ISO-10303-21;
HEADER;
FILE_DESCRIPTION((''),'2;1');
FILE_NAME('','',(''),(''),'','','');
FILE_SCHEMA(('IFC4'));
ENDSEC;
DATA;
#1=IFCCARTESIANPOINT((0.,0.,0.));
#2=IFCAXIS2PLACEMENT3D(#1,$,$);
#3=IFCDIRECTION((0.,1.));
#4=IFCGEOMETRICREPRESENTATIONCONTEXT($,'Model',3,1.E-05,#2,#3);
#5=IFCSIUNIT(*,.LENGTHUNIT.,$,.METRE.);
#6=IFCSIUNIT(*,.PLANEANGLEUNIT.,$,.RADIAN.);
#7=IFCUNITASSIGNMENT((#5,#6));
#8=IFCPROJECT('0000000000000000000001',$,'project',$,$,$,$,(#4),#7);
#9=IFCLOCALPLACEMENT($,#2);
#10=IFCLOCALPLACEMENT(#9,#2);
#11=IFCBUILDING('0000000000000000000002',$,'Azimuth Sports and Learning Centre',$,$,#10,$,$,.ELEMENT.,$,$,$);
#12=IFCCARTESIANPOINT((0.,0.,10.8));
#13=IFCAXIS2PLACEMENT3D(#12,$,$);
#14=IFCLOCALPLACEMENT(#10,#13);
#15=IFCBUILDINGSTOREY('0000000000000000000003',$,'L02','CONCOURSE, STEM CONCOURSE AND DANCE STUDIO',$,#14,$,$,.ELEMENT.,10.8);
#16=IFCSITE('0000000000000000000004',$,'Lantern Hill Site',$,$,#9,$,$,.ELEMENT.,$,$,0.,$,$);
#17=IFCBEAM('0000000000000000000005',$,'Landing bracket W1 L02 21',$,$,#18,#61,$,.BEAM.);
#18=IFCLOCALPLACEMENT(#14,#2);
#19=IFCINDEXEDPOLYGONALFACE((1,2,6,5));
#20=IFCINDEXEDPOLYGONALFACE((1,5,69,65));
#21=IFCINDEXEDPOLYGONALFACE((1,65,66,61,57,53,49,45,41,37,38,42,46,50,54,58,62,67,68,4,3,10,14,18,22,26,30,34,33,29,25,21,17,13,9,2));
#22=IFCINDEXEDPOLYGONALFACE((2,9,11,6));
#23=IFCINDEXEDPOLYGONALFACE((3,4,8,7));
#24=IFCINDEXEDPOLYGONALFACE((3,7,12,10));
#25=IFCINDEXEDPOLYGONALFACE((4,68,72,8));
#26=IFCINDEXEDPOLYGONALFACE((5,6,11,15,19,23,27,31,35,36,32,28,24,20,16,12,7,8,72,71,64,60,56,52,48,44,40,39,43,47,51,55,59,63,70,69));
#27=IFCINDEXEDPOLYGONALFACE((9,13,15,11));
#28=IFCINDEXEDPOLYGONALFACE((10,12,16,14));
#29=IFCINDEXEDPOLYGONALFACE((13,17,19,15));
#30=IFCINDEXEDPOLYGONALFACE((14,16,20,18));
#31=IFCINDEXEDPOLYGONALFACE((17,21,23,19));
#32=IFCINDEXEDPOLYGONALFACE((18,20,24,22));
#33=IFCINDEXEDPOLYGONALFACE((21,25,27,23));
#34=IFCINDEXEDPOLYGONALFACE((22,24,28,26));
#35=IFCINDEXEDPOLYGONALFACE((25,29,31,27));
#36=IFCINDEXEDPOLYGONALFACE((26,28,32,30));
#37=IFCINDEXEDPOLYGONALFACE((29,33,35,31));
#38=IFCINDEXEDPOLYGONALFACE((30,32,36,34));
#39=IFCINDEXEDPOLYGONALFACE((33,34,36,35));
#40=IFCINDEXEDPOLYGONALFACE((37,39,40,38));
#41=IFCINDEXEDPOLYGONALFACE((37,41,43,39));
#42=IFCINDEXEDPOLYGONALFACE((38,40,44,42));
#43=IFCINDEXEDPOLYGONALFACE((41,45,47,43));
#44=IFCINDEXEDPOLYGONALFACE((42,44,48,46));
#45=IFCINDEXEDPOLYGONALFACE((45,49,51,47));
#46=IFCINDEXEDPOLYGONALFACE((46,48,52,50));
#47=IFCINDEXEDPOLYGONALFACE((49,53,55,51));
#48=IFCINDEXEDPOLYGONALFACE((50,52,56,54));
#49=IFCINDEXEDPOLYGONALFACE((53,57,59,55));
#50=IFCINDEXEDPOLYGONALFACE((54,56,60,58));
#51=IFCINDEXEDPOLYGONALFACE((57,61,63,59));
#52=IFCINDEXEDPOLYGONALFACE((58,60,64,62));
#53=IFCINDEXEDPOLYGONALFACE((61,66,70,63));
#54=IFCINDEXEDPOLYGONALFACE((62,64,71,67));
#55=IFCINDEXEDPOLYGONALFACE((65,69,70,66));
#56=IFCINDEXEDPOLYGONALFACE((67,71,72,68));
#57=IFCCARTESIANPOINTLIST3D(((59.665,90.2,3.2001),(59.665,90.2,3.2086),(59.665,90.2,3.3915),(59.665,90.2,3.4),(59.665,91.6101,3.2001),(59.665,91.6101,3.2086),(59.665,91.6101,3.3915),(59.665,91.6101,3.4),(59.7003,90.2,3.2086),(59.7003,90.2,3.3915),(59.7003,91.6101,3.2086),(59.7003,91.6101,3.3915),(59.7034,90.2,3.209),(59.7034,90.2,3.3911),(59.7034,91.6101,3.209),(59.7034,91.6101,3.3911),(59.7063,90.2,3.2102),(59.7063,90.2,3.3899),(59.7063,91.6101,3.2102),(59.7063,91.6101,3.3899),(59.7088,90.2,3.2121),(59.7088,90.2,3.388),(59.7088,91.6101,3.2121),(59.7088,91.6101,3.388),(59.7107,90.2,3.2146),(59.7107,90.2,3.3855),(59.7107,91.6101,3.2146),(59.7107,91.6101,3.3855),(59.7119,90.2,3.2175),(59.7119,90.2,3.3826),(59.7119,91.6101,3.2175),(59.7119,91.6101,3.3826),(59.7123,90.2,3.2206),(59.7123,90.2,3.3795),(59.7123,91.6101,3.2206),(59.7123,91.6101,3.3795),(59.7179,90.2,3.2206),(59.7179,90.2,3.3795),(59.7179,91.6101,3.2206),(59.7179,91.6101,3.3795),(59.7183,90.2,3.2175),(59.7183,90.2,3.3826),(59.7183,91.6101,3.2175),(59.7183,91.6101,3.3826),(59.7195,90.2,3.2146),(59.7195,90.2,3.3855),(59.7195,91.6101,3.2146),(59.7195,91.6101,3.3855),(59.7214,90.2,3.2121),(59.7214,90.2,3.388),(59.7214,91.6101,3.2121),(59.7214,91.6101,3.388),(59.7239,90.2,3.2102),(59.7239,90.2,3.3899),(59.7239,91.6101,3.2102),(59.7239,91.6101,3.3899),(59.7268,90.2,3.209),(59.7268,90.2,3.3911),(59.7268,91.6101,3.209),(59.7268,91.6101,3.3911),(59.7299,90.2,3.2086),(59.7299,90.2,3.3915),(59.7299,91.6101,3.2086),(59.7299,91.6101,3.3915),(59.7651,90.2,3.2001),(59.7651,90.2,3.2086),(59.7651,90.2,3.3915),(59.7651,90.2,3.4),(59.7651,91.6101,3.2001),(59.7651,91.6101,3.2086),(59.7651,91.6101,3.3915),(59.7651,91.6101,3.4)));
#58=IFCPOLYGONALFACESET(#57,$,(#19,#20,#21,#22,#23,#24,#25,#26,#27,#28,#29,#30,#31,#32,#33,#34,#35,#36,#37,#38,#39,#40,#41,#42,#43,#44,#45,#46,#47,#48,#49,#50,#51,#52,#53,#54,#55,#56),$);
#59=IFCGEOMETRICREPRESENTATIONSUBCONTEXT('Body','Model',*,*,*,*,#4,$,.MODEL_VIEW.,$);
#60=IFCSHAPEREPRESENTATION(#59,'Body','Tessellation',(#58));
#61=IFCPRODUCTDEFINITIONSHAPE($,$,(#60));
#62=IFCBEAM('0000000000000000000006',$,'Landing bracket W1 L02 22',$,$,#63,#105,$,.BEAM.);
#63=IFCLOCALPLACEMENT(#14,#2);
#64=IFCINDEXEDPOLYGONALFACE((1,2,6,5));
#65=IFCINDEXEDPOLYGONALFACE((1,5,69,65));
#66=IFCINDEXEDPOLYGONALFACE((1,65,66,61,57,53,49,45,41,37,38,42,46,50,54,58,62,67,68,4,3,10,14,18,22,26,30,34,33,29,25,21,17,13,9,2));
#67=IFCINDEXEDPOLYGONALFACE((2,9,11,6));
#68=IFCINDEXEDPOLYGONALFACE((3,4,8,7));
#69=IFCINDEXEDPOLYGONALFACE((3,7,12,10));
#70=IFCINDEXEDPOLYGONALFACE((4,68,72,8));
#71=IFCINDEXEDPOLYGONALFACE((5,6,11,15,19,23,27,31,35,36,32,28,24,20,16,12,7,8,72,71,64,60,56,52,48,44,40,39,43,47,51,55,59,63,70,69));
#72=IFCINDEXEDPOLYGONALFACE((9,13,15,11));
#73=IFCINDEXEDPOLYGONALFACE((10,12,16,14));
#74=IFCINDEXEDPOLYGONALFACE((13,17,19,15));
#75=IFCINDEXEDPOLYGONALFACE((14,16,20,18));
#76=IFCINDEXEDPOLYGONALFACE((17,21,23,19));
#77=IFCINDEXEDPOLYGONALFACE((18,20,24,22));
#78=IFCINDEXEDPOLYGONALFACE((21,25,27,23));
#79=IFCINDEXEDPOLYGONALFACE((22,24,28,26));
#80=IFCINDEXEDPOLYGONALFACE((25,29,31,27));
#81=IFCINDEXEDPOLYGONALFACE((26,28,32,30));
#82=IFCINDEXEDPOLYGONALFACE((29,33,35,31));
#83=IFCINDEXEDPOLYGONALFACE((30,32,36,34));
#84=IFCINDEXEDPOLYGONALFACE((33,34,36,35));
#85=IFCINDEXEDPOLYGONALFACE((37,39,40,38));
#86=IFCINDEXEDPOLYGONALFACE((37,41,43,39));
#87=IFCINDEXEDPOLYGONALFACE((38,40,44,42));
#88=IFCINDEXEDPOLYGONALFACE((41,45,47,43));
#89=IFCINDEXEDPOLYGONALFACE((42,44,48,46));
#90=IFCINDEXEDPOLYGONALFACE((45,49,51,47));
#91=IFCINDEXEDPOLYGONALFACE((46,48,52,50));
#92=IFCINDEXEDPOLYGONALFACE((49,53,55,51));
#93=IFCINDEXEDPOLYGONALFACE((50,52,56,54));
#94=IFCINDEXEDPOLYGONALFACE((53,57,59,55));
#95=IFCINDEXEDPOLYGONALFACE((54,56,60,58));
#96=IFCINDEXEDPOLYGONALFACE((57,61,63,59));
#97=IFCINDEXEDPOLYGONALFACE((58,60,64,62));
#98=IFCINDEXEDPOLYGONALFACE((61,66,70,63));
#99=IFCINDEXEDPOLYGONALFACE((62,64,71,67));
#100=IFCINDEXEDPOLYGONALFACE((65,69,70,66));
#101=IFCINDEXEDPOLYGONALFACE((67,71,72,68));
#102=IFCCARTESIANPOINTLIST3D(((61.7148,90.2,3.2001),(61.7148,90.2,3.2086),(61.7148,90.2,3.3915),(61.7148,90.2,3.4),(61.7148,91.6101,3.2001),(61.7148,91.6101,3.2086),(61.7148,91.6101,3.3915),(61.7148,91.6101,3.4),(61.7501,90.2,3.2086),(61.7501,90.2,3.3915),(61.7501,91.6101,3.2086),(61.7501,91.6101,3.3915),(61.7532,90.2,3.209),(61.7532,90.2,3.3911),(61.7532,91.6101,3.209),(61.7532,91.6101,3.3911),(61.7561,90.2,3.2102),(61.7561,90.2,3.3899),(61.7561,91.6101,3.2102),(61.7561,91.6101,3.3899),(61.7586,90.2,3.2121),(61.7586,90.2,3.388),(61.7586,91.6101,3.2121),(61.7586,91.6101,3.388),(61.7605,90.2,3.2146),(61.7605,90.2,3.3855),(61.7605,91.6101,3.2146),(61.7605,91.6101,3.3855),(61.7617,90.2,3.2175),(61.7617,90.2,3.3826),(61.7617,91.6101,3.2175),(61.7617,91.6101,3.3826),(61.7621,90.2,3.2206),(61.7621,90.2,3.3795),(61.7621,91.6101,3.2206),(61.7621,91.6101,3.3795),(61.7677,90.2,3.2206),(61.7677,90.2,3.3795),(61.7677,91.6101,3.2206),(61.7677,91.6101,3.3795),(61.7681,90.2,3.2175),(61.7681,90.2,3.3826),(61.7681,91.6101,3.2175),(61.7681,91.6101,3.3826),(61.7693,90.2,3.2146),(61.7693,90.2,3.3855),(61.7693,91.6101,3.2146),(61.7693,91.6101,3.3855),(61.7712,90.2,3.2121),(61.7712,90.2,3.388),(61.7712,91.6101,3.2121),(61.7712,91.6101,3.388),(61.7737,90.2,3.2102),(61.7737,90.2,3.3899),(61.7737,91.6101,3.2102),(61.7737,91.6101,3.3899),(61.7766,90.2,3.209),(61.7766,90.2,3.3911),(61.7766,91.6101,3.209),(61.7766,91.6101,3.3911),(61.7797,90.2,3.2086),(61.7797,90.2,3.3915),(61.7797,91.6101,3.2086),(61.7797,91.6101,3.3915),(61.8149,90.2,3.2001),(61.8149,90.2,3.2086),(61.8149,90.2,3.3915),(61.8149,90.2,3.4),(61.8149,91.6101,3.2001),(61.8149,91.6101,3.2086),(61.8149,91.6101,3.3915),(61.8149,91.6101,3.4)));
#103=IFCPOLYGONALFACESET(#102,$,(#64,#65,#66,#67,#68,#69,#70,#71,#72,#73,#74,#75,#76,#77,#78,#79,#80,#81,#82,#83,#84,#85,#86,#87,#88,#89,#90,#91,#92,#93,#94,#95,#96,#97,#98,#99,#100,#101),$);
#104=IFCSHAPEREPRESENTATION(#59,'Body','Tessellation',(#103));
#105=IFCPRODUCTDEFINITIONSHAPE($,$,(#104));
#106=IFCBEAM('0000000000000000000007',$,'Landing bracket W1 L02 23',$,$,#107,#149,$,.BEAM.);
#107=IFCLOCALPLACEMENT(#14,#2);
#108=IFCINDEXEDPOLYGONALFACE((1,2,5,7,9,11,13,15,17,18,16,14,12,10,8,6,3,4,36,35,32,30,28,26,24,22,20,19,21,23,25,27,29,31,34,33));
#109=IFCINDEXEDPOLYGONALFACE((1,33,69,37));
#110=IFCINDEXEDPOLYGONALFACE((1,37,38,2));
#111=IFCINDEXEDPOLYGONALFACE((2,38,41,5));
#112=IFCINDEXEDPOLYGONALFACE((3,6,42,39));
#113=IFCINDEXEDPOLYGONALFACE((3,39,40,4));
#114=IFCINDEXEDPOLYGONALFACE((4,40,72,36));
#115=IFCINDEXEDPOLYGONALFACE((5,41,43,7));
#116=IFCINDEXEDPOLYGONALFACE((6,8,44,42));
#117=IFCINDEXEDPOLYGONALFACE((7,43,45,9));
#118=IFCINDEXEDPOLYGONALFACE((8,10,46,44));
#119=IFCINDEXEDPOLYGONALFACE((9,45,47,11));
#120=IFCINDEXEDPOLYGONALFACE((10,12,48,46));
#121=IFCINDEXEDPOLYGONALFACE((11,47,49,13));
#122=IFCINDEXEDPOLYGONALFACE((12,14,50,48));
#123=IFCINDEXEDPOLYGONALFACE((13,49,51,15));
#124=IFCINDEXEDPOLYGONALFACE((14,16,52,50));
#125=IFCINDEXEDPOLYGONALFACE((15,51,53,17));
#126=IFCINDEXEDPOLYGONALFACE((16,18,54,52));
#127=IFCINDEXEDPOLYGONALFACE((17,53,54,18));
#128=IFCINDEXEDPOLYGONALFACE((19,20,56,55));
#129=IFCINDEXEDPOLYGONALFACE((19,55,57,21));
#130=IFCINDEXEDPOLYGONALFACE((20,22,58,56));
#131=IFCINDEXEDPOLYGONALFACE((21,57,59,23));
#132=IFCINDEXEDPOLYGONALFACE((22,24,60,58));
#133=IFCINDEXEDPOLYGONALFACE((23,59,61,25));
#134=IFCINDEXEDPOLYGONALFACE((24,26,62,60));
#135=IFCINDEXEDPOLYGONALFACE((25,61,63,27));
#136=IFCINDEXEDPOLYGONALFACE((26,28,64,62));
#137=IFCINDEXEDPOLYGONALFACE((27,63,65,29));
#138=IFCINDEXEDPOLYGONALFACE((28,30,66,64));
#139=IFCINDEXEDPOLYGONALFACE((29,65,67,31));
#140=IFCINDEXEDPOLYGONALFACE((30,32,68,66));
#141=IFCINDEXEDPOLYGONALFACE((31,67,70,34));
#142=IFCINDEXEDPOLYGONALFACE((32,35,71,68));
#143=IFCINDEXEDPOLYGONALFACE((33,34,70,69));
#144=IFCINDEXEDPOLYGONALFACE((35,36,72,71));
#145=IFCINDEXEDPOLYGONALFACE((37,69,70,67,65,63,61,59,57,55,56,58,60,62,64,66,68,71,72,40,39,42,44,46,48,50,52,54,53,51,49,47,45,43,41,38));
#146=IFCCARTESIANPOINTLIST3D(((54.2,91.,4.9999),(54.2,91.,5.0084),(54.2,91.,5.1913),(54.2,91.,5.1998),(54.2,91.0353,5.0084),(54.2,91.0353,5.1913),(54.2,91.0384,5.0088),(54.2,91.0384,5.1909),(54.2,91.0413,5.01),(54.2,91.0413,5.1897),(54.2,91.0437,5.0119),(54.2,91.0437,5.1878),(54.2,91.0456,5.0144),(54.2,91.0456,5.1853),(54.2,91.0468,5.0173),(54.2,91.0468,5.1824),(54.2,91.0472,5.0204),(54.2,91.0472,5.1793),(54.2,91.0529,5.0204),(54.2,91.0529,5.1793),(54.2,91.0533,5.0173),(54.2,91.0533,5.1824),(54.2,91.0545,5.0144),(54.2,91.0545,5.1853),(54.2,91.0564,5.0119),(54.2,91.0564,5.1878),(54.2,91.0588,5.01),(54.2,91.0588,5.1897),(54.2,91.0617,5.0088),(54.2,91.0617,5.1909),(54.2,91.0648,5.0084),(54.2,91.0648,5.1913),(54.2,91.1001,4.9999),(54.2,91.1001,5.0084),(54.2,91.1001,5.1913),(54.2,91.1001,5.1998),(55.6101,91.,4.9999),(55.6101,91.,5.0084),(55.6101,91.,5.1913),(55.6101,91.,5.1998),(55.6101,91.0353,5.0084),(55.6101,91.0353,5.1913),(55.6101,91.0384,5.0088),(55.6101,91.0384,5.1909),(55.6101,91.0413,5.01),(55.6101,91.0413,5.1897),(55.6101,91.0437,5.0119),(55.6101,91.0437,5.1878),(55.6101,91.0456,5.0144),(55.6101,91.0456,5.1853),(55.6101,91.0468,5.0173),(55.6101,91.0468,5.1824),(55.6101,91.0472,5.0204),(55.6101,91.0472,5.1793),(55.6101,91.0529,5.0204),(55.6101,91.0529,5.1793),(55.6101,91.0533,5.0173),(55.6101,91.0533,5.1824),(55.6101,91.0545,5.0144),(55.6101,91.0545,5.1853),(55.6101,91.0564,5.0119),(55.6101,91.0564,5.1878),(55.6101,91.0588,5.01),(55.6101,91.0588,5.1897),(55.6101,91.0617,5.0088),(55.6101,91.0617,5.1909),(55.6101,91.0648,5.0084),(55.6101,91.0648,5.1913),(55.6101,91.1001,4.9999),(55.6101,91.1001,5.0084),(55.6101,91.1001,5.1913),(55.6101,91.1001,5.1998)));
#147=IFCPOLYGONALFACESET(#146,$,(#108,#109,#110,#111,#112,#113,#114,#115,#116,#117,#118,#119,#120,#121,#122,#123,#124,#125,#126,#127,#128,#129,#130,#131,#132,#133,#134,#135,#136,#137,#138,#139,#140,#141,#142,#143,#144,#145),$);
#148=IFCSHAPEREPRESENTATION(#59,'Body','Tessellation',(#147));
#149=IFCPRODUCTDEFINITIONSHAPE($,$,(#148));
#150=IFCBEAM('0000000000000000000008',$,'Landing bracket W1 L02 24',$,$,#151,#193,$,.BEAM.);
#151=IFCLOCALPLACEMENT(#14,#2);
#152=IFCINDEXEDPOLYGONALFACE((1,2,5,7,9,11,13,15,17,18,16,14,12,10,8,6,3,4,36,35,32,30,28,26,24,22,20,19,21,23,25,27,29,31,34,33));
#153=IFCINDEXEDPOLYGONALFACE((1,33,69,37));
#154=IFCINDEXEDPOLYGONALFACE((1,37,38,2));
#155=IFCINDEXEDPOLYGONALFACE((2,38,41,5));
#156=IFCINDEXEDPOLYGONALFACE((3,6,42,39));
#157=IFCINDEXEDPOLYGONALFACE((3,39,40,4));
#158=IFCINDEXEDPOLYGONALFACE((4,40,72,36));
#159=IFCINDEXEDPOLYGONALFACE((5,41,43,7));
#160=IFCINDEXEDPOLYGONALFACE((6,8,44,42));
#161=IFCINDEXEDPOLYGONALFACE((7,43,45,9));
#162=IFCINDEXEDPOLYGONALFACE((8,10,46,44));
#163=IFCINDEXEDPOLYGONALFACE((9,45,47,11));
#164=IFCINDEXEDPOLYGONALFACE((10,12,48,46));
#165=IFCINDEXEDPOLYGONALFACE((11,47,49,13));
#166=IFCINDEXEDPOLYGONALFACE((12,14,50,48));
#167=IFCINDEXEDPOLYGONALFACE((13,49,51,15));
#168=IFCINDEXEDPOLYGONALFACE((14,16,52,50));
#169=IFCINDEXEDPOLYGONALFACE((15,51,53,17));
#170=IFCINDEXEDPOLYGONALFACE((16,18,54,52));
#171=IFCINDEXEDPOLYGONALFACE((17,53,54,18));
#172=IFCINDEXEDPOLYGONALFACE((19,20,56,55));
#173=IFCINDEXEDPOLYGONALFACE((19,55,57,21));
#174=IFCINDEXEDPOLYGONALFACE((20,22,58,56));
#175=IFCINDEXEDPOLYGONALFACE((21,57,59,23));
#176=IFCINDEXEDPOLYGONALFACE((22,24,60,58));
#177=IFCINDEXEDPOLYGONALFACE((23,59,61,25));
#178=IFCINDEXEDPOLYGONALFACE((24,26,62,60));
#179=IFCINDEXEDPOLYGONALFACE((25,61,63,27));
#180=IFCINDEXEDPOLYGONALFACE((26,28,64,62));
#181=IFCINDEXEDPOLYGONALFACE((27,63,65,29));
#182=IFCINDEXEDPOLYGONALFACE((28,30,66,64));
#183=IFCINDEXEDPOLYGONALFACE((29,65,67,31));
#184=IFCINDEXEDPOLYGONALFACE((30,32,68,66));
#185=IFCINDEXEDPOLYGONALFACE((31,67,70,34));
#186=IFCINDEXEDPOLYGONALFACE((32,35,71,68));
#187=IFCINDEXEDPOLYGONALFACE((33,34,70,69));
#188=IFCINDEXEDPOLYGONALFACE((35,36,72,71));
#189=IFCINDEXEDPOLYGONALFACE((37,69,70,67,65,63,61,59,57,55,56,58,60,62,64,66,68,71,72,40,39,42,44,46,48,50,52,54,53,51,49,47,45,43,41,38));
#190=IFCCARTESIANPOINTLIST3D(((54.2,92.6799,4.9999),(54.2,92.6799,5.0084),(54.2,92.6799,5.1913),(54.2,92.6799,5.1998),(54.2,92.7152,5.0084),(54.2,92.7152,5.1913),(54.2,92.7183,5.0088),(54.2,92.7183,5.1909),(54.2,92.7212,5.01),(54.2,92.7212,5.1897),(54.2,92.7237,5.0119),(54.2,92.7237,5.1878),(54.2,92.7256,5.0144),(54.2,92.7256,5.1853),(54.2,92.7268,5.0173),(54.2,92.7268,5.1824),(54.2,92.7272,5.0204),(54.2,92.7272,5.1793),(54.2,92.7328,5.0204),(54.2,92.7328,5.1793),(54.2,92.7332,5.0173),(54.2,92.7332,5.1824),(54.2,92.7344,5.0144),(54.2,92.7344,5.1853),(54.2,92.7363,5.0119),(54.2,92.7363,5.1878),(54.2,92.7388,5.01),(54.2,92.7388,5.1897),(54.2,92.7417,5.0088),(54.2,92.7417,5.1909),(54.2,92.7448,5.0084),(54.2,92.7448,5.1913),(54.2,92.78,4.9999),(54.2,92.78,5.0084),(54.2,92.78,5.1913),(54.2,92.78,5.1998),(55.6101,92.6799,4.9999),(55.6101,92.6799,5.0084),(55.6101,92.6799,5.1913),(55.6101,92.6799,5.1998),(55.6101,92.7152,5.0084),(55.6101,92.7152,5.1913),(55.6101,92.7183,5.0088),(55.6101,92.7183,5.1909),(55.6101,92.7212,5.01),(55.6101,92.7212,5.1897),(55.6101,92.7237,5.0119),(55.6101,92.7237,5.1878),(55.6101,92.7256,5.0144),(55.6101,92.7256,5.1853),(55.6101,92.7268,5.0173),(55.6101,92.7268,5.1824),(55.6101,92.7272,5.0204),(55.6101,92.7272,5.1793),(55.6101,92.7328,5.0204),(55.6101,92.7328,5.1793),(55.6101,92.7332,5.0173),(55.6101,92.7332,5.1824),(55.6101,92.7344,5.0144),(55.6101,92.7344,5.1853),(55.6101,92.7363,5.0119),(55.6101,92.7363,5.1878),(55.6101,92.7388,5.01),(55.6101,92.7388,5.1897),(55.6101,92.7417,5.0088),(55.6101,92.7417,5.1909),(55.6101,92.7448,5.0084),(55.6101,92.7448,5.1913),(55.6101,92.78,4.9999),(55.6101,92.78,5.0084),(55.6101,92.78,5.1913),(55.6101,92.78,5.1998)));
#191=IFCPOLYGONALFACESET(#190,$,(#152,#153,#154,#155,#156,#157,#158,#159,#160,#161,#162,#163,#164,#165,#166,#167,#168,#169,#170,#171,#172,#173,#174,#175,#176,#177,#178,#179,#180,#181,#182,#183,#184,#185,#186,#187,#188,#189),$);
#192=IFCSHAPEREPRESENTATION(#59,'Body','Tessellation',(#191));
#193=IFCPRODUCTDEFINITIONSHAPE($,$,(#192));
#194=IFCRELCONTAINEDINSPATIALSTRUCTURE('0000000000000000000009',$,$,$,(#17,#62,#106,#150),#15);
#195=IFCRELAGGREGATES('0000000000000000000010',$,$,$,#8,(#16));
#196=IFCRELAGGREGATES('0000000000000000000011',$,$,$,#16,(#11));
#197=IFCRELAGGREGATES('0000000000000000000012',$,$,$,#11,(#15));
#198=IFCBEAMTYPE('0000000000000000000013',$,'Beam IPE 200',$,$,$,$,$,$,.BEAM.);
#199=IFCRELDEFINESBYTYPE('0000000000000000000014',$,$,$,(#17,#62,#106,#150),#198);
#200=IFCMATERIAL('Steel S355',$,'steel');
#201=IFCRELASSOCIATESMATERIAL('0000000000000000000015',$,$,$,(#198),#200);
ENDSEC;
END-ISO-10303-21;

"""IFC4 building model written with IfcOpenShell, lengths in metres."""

from ifc_helpers import new_model, si_unit, direction, frame, origin, origin_2d, place, context, subcontext, project, spatial, i_section, extrude, material, material_profile, profile_set, type_object, element, save


model = new_model("IFC4")

# Units and contexts
model_context = context("Model", 3, precision=1e-05, world=origin(), true_north=direction((0.0, 1.0)))
body_context = subcontext(model_context, "Body", "Model", "MODEL_VIEW")
ifc_project = project(units=[si_unit("LENGTHUNIT", "METRE"), si_unit("PLANEANGLEUNIT", "RADIAN")], contexts=[model_context])

# Site, building, storey
site_placement = place(None, origin())
site = spatial("IfcSite", under=ifc_project, at=site_placement, Name="Lantern Hill Site", CompositionType="ELEMENT", RefElevation=0.0)
building_placement = place(site_placement, origin())
building = spatial("IfcBuilding", under=site, at=building_placement, Name="Azimuth Sports and Learning Centre", CompositionType="ELEMENT")
storey_placement = place(building_placement, frame((0.0, 0.0, 10.8)))
storey = spatial("IfcBuildingStorey", under=building, at=storey_placement, Name="L02", Description="CONCOURSE, STEM CONCOURSE AND DANCE STUDIO", CompositionType="ELEMENT", Elevation=10.8)

# Beams
ifc_material_1 = material(Name="Steel S355", Category="steel")
ifc_material_profile = material_profile(ifc_material_1, i_section(OverallWidth=0.1001, OverallDepth=0.2, WebThickness=0.0056, FlangeThickness=0.0085, FilletRadius=0.012, at=origin_2d()), Name="IPE 200")
ifc_profile_set = profile_set([ifc_material_profile], Name="Steel S355")
beam_type = type_object("IfcBeamType", Name="Beam IPE 200", PredefinedType="BEAM", material=ifc_profile_set)
for number, where, z_axis, x_axis, name in (
    (1, (59.7151, 90.2, 3.3), (0.0, 1.0, 0.0), (-1.0, 0.0, 0.0), "Landing bracket W1 L02 21"),
    (2, (61.7649, 90.2, 3.3), (0.0, 1.0, 0.0), (-1.0, 0.0, 0.0), "Landing bracket W1 L02 22"),
    (3, (54.2, 91.05, 5.0999), (1.0, 0.0, 0.0), (0.0, 1.0, 0.0), "Landing bracket W1 L02 23"),
    (4, (54.2, 92.73, 5.0999), (1.0, 0.0, 0.0), (0.0, 1.0, 0.0), "Landing bracket W1 L02 24"),
):
    element("IfcBeam", number, at=place(storey_placement, frame(where, z_axis=z_axis, x_axis=x_axis)), inside=storey, type_object=beam_type, Name=name, PredefinedType="BEAM", context=body_context, shape_type="SweptSolid", body=[
        extrude(i_section(OverallWidth=0.1001, OverallDepth=0.2, WebThickness=0.0056, FlangeThickness=0.0085, FilletRadius=0.012, at=origin_2d()), origin(), (0.0, 0.0, 1.0), 1.4102),
    ])

save(model, "model.ifc")
